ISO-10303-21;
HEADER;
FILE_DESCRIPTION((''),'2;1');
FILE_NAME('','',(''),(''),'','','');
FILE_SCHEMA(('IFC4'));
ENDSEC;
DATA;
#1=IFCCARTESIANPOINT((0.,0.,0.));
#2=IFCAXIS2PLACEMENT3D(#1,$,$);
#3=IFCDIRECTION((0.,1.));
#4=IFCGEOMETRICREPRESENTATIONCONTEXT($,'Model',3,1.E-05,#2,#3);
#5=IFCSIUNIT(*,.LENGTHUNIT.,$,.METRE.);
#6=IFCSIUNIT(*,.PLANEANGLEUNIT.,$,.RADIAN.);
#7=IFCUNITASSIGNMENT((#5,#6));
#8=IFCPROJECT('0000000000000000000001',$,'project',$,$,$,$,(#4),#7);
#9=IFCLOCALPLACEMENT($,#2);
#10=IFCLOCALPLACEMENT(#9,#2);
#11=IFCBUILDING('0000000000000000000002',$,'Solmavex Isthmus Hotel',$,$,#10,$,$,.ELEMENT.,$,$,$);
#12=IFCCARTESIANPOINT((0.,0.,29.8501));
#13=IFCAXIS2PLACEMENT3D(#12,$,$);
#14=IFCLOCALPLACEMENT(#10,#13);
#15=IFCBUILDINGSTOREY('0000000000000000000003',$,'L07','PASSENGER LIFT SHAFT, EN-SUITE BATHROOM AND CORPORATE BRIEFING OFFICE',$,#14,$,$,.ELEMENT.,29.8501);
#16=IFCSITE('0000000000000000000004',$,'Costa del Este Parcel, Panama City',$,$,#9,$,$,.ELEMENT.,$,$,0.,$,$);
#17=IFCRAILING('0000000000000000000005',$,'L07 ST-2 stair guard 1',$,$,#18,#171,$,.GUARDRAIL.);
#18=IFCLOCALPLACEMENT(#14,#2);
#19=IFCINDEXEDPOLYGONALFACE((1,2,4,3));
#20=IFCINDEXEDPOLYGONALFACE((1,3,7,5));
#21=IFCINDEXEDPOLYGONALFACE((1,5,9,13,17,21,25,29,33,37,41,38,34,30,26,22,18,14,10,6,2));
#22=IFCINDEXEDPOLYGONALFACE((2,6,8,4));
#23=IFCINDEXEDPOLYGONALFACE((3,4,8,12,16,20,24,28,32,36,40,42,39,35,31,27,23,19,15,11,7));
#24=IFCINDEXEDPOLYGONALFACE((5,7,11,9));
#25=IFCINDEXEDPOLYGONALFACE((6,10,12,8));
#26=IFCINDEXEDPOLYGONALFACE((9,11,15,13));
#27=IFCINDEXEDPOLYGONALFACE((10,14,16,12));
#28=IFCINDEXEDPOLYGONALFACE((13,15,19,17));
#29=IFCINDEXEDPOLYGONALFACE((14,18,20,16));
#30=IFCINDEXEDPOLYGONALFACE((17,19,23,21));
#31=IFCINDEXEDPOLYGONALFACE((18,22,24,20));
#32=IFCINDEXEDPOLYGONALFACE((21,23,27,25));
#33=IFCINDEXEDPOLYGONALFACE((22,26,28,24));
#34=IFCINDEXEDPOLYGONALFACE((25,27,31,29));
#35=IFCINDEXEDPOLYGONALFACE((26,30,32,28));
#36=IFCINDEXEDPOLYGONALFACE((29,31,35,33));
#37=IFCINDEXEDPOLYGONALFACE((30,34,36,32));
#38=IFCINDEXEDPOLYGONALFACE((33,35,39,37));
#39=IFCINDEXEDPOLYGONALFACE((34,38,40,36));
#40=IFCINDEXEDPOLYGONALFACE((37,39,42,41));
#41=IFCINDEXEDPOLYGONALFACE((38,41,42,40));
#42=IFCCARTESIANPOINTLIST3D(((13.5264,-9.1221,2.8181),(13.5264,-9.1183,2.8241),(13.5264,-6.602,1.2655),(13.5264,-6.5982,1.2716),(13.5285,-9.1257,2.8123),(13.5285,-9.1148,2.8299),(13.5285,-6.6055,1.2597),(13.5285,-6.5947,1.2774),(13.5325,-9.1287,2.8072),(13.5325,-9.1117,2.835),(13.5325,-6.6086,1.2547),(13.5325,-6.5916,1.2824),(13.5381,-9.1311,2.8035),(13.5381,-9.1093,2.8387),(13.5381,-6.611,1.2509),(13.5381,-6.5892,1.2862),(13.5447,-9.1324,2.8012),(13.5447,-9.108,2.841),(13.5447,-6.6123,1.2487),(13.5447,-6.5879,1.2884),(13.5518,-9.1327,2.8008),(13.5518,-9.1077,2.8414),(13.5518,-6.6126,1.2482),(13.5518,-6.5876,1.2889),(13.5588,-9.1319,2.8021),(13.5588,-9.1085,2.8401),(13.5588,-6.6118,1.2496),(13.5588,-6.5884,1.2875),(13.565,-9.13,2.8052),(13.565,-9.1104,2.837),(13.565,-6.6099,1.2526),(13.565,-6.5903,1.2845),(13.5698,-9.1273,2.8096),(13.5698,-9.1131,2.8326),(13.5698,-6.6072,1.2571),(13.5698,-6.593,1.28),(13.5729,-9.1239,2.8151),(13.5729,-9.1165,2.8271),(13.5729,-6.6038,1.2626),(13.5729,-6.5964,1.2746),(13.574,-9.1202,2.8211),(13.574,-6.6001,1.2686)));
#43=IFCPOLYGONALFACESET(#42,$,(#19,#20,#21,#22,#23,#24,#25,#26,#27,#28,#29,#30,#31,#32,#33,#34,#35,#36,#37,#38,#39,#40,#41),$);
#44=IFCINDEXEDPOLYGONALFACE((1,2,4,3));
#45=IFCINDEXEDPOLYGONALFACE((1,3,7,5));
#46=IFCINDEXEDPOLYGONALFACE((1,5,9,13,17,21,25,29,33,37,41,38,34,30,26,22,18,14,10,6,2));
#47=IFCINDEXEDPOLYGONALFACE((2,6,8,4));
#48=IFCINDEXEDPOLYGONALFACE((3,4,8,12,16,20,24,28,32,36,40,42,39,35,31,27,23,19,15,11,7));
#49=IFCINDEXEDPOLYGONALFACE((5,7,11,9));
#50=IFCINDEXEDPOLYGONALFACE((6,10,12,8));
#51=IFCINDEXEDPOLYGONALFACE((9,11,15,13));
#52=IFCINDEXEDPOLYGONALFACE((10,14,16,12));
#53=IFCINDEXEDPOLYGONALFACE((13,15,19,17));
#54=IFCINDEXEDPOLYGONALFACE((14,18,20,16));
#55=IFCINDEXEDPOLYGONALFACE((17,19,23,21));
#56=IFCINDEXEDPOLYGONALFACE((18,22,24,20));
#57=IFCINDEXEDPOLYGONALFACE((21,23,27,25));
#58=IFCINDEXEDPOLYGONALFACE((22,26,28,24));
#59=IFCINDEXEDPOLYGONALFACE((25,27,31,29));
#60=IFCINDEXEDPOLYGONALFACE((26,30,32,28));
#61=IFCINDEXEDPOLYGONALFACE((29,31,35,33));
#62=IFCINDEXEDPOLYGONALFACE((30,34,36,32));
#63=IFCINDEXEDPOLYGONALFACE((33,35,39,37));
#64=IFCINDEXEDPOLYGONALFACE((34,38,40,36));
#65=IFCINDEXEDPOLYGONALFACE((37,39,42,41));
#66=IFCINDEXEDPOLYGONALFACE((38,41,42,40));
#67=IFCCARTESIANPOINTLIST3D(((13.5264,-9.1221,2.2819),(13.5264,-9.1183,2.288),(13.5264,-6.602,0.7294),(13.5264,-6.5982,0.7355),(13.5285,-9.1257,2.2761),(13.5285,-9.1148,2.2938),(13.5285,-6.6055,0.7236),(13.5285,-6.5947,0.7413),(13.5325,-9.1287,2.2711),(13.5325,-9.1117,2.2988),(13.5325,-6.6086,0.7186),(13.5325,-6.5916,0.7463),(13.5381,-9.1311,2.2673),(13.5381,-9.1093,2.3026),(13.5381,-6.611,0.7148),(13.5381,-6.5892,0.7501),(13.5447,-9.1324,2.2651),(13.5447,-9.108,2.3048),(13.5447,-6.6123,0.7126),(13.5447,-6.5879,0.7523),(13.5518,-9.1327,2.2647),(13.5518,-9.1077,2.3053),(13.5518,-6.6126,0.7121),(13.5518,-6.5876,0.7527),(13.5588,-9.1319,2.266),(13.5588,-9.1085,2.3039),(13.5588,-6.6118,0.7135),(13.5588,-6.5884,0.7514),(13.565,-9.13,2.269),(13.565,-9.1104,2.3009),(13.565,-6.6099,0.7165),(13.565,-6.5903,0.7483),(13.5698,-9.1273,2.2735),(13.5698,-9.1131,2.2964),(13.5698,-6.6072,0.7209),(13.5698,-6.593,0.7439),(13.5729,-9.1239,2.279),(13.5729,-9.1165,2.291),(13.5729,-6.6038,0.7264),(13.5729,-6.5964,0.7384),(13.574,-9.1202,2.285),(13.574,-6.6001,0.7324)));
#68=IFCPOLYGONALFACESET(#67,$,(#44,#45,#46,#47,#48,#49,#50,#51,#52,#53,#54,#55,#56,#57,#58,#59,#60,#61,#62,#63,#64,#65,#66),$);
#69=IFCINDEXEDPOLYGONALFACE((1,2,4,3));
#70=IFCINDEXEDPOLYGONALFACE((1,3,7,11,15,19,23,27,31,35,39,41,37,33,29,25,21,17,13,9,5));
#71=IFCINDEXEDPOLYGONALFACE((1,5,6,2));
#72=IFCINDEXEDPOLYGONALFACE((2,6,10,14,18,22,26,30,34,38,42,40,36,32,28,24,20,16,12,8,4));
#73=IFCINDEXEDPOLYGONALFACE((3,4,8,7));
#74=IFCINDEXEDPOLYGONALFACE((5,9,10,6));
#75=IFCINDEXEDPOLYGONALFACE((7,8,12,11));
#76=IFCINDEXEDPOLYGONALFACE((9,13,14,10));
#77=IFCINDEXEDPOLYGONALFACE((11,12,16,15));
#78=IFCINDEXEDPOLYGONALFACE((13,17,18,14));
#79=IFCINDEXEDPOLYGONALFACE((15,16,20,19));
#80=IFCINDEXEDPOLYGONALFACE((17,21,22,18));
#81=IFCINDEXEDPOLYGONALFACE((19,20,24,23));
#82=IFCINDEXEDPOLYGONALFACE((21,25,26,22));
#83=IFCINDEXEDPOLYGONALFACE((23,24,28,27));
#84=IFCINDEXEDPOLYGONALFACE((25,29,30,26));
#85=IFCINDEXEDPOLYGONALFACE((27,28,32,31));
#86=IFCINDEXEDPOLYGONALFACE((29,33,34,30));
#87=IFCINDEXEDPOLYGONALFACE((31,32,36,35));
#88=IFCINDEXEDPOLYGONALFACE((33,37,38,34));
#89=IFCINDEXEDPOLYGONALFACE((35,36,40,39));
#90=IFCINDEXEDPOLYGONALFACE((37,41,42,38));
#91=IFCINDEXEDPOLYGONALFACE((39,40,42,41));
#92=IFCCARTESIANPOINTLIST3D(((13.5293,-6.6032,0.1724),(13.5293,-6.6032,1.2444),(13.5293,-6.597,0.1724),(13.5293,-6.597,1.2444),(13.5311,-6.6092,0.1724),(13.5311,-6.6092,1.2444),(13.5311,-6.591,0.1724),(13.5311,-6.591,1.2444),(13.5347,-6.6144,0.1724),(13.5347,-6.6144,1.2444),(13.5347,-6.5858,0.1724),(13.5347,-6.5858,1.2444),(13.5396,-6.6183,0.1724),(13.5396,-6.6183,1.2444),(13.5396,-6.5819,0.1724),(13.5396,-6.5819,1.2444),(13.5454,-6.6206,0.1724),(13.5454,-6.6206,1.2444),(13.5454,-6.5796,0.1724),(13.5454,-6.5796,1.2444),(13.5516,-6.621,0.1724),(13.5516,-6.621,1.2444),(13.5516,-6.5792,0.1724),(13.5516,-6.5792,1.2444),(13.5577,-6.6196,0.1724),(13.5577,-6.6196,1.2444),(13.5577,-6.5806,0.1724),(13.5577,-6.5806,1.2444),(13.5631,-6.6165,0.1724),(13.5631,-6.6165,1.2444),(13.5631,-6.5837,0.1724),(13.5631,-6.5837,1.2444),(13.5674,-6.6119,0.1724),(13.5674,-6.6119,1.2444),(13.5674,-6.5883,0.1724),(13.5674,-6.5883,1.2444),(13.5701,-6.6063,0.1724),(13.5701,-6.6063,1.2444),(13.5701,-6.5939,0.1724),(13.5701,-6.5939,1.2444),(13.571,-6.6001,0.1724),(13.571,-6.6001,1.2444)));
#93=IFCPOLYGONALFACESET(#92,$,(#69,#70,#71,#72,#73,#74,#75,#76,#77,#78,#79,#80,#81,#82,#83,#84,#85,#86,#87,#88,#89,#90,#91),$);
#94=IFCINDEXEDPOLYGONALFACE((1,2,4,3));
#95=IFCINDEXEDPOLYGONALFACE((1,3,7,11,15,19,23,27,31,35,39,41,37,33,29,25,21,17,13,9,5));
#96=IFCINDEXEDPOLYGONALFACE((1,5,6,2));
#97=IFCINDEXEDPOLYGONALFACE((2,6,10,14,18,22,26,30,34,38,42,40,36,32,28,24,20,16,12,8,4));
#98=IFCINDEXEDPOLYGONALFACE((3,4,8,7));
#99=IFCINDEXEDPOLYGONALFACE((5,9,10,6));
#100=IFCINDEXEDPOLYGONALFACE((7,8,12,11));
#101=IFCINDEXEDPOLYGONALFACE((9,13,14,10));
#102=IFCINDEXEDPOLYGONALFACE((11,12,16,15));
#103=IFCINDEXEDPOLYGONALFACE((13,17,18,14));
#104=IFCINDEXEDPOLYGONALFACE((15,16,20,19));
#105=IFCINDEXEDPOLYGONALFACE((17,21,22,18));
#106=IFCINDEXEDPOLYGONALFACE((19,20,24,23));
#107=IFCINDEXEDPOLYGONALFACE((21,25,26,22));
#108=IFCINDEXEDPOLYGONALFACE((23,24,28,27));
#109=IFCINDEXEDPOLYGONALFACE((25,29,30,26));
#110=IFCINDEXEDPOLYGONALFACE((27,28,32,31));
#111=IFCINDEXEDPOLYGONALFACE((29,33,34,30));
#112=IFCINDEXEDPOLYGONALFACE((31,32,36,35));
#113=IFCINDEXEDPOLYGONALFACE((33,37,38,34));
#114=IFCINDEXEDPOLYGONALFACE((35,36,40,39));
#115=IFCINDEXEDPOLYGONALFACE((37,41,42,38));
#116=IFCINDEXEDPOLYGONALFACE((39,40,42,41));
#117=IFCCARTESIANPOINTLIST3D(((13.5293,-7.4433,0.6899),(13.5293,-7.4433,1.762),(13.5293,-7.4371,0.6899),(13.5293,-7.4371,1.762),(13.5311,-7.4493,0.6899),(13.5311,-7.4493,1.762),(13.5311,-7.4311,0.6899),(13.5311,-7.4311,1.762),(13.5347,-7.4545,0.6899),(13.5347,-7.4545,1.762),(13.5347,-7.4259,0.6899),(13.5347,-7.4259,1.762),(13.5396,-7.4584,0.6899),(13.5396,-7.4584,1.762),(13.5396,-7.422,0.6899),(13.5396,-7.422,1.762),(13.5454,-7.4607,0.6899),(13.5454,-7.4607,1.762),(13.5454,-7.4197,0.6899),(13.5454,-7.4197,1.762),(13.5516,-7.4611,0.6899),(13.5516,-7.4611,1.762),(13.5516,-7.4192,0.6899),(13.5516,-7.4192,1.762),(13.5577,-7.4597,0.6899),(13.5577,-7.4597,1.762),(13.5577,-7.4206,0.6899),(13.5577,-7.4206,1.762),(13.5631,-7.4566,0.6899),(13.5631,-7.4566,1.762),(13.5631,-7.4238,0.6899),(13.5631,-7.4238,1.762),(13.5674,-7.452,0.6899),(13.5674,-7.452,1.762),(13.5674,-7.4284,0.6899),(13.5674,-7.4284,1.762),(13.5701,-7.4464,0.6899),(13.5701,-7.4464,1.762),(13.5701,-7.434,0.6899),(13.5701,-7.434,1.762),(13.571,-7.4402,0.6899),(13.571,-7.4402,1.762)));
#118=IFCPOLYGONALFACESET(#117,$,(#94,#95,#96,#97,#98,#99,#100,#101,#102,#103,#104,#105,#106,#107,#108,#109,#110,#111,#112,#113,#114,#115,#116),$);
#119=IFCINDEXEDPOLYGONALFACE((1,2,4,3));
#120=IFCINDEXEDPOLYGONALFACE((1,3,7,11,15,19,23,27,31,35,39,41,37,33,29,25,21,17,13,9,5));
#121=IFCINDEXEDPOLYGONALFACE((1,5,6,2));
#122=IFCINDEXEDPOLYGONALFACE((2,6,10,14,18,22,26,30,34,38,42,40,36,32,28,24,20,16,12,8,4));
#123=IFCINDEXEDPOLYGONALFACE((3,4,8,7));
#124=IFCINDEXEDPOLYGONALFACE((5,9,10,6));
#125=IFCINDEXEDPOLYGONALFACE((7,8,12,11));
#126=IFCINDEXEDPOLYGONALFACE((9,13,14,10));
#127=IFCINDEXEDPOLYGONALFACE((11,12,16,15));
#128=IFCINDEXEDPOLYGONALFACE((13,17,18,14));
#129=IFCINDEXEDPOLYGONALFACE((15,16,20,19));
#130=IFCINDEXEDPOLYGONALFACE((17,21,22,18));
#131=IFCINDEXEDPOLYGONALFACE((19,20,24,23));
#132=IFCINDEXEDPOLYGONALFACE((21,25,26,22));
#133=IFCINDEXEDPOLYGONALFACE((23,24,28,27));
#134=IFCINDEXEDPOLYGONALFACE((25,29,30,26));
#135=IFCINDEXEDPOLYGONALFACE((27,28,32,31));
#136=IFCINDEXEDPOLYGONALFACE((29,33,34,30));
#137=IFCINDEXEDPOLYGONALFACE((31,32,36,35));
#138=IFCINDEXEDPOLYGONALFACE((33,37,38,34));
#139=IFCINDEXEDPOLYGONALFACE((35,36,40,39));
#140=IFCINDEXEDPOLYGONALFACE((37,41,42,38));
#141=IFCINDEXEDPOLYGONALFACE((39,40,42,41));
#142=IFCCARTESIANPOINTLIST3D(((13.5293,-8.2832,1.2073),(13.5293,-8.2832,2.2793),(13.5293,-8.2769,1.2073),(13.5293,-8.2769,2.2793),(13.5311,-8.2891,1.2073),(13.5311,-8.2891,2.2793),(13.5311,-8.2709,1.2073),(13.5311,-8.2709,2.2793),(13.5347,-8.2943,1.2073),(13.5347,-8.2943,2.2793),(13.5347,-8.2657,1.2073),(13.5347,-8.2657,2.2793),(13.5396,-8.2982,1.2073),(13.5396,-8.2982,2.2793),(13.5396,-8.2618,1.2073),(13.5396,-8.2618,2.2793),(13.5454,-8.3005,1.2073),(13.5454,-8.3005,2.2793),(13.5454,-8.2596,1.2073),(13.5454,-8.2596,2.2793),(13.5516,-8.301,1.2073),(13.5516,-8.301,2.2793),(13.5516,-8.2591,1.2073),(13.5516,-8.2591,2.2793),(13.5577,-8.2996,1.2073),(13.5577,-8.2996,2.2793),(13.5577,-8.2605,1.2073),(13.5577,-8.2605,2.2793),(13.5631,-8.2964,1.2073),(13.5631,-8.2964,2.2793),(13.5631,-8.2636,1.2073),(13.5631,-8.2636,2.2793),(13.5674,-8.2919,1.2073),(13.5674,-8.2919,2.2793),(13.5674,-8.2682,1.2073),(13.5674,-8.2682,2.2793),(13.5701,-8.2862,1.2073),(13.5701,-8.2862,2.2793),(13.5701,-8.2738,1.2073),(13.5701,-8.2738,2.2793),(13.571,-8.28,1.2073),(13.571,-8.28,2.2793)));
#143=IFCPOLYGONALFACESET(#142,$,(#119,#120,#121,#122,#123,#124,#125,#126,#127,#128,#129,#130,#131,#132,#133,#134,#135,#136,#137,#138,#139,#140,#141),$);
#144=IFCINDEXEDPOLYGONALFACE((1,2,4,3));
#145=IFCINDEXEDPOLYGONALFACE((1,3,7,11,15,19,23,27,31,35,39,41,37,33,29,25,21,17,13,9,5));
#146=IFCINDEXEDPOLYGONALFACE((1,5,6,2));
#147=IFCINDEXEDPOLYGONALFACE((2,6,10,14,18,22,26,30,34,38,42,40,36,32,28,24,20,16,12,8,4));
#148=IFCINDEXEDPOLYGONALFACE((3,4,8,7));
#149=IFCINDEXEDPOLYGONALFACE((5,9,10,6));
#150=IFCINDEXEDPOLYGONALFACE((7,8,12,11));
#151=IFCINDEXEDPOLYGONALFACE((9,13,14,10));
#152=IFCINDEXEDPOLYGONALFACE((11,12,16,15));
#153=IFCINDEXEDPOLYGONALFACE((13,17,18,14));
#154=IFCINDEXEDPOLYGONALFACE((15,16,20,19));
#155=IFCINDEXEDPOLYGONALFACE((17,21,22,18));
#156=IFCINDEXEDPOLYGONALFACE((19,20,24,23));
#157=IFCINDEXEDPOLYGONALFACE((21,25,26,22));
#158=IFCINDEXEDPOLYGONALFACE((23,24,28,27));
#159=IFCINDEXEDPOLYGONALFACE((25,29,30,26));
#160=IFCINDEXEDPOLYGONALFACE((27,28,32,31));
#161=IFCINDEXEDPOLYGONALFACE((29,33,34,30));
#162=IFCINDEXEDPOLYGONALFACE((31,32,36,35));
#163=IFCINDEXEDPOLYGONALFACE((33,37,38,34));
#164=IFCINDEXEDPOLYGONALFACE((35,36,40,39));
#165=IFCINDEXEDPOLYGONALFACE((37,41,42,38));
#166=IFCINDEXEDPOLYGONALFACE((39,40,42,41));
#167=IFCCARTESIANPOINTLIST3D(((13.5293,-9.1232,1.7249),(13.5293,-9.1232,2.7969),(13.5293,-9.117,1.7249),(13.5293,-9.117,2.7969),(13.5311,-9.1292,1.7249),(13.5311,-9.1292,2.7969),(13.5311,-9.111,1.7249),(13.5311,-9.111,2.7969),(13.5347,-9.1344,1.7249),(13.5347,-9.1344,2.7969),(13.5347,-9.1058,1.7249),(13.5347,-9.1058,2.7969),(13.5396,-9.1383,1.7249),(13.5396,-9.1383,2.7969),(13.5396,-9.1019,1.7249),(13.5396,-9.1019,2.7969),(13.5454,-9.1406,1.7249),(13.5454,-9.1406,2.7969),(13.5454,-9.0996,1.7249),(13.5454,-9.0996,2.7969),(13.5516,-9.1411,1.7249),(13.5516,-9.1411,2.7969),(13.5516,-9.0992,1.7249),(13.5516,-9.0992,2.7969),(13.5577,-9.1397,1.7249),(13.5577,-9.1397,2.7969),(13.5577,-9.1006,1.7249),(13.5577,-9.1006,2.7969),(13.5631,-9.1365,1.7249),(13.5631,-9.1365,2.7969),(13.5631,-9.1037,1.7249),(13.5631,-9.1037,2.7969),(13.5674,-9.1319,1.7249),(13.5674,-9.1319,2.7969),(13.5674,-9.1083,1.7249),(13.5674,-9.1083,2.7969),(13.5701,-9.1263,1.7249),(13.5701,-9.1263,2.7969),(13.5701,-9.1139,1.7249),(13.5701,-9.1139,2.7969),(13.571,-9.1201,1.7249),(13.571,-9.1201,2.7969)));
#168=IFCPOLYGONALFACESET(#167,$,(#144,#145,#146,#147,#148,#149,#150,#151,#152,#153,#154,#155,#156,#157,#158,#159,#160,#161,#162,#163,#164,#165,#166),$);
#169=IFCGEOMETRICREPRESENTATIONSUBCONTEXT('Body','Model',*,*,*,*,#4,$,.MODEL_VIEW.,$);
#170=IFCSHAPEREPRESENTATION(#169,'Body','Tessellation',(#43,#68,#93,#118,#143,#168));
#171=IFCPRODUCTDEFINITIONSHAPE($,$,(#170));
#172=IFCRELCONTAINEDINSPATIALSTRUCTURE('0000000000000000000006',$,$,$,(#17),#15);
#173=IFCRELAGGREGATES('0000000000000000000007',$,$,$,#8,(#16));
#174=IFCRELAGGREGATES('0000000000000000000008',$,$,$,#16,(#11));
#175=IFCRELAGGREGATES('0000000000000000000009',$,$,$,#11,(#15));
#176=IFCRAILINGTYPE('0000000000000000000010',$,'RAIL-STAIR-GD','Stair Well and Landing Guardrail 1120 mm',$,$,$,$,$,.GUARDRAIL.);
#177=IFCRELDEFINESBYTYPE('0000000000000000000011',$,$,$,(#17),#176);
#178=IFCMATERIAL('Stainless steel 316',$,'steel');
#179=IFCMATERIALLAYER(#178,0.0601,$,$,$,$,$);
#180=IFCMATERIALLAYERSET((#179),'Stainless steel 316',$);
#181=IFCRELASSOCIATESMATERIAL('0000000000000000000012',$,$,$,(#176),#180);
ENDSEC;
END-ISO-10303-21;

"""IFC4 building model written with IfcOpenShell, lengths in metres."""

from ifc_helpers import new_model, si_unit, direction, frame, origin, origin_2d, place, context, subcontext, project, spatial, circle, extrude, material, layer, layer_set, type_object, element, save


model = new_model("IFC4")

# Units and contexts
model_context = context("Model", 3, precision=1e-05, world=origin(), true_north=direction((0.0, 1.0)))
body_context = subcontext(model_context, "Body", "Model", "MODEL_VIEW")
ifc_project = project(units=[si_unit("LENGTHUNIT", "METRE"), si_unit("PLANEANGLEUNIT", "RADIAN")], contexts=[model_context])

# Site, building, storey
site_placement = place(None, origin())
site = spatial("IfcSite", under=ifc_project, at=site_placement, Name="Costa del Este Parcel, Panama City", CompositionType="ELEMENT", RefElevation=0.0)
building_placement = place(site_placement, origin())
building = spatial("IfcBuilding", under=site, at=building_placement, Name="Solmavex Isthmus Hotel", CompositionType="ELEMENT")
storey_placement = place(building_placement, frame((0.0, 0.0, 29.8501)))
storey = spatial("IfcBuildingStorey", under=building, at=storey_placement, Name="L07", Description="PASSENGER LIFT SHAFT, EN-SUITE BATHROOM AND CORPORATE BRIEFING OFFICE", CompositionType="ELEMENT", Elevation=29.8501)

# Railing
ifc_material_1 = material(Name="Stainless steel 316", Category="steel")
ifc_layer_1 = layer(ifc_material_1, 0.0601)
ifc_layer_set_1 = layer_set([ifc_layer_1], Name="Stainless steel 316")
railing_type_1 = type_object("IfcRailingType", Name="RAIL-STAIR-GD", Description="Stair Well and Landing Guardrail 1120 mm", PredefinedType="GUARDRAIL", material=ifc_layer_set_1)
railing_1_placement = place(storey_placement, frame((13.55, -6.6001, 0.1724)))
element("IfcRailing", 1, at=railing_1_placement, inside=storey, type_object=railing_type_1, Name="L07 ST-2 stair guard 1", PredefinedType="GUARDRAIL", context=body_context, shape_type="SweptSolid", body=[
    extrude(circle(Radius=0.0239, at=origin_2d()), frame((0.0, 0.0, 1.0962), z_axis=(0.0, -0.8514, 0.524516), x_axis=(1.0, 0.0, 0.0)), (0.0, 0.0, 1.0), 2.96),
    extrude(circle(Radius=0.0239, at=origin_2d()), frame((0.0, 0.0, 0.5601), z_axis=(0.0, -0.8514, 0.524516), x_axis=(1.0, 0.0, 0.0)), (0.0, 0.0, 1.0), 2.96),
    extrude(circle(Radius=0.021, at=origin_2d()), origin(), (0.0, 0.0, 1.0), 1.072),
    extrude(circle(Radius=0.021, at=origin_2d()), frame((0.0, -0.8401, 0.5176)), (0.0, 0.0, 1.0), 1.072),
    extrude(circle(Radius=0.021, at=origin_2d()), frame((0.0, -1.6799, 1.0349)), (0.0, 0.0, 1.0), 1.072),
    extrude(circle(Radius=0.021, at=origin_2d()), frame((0.0, -2.52, 1.5525)), (0.0, 0.0, 1.0), 1.072),
])

save(model, "model.ifc")
